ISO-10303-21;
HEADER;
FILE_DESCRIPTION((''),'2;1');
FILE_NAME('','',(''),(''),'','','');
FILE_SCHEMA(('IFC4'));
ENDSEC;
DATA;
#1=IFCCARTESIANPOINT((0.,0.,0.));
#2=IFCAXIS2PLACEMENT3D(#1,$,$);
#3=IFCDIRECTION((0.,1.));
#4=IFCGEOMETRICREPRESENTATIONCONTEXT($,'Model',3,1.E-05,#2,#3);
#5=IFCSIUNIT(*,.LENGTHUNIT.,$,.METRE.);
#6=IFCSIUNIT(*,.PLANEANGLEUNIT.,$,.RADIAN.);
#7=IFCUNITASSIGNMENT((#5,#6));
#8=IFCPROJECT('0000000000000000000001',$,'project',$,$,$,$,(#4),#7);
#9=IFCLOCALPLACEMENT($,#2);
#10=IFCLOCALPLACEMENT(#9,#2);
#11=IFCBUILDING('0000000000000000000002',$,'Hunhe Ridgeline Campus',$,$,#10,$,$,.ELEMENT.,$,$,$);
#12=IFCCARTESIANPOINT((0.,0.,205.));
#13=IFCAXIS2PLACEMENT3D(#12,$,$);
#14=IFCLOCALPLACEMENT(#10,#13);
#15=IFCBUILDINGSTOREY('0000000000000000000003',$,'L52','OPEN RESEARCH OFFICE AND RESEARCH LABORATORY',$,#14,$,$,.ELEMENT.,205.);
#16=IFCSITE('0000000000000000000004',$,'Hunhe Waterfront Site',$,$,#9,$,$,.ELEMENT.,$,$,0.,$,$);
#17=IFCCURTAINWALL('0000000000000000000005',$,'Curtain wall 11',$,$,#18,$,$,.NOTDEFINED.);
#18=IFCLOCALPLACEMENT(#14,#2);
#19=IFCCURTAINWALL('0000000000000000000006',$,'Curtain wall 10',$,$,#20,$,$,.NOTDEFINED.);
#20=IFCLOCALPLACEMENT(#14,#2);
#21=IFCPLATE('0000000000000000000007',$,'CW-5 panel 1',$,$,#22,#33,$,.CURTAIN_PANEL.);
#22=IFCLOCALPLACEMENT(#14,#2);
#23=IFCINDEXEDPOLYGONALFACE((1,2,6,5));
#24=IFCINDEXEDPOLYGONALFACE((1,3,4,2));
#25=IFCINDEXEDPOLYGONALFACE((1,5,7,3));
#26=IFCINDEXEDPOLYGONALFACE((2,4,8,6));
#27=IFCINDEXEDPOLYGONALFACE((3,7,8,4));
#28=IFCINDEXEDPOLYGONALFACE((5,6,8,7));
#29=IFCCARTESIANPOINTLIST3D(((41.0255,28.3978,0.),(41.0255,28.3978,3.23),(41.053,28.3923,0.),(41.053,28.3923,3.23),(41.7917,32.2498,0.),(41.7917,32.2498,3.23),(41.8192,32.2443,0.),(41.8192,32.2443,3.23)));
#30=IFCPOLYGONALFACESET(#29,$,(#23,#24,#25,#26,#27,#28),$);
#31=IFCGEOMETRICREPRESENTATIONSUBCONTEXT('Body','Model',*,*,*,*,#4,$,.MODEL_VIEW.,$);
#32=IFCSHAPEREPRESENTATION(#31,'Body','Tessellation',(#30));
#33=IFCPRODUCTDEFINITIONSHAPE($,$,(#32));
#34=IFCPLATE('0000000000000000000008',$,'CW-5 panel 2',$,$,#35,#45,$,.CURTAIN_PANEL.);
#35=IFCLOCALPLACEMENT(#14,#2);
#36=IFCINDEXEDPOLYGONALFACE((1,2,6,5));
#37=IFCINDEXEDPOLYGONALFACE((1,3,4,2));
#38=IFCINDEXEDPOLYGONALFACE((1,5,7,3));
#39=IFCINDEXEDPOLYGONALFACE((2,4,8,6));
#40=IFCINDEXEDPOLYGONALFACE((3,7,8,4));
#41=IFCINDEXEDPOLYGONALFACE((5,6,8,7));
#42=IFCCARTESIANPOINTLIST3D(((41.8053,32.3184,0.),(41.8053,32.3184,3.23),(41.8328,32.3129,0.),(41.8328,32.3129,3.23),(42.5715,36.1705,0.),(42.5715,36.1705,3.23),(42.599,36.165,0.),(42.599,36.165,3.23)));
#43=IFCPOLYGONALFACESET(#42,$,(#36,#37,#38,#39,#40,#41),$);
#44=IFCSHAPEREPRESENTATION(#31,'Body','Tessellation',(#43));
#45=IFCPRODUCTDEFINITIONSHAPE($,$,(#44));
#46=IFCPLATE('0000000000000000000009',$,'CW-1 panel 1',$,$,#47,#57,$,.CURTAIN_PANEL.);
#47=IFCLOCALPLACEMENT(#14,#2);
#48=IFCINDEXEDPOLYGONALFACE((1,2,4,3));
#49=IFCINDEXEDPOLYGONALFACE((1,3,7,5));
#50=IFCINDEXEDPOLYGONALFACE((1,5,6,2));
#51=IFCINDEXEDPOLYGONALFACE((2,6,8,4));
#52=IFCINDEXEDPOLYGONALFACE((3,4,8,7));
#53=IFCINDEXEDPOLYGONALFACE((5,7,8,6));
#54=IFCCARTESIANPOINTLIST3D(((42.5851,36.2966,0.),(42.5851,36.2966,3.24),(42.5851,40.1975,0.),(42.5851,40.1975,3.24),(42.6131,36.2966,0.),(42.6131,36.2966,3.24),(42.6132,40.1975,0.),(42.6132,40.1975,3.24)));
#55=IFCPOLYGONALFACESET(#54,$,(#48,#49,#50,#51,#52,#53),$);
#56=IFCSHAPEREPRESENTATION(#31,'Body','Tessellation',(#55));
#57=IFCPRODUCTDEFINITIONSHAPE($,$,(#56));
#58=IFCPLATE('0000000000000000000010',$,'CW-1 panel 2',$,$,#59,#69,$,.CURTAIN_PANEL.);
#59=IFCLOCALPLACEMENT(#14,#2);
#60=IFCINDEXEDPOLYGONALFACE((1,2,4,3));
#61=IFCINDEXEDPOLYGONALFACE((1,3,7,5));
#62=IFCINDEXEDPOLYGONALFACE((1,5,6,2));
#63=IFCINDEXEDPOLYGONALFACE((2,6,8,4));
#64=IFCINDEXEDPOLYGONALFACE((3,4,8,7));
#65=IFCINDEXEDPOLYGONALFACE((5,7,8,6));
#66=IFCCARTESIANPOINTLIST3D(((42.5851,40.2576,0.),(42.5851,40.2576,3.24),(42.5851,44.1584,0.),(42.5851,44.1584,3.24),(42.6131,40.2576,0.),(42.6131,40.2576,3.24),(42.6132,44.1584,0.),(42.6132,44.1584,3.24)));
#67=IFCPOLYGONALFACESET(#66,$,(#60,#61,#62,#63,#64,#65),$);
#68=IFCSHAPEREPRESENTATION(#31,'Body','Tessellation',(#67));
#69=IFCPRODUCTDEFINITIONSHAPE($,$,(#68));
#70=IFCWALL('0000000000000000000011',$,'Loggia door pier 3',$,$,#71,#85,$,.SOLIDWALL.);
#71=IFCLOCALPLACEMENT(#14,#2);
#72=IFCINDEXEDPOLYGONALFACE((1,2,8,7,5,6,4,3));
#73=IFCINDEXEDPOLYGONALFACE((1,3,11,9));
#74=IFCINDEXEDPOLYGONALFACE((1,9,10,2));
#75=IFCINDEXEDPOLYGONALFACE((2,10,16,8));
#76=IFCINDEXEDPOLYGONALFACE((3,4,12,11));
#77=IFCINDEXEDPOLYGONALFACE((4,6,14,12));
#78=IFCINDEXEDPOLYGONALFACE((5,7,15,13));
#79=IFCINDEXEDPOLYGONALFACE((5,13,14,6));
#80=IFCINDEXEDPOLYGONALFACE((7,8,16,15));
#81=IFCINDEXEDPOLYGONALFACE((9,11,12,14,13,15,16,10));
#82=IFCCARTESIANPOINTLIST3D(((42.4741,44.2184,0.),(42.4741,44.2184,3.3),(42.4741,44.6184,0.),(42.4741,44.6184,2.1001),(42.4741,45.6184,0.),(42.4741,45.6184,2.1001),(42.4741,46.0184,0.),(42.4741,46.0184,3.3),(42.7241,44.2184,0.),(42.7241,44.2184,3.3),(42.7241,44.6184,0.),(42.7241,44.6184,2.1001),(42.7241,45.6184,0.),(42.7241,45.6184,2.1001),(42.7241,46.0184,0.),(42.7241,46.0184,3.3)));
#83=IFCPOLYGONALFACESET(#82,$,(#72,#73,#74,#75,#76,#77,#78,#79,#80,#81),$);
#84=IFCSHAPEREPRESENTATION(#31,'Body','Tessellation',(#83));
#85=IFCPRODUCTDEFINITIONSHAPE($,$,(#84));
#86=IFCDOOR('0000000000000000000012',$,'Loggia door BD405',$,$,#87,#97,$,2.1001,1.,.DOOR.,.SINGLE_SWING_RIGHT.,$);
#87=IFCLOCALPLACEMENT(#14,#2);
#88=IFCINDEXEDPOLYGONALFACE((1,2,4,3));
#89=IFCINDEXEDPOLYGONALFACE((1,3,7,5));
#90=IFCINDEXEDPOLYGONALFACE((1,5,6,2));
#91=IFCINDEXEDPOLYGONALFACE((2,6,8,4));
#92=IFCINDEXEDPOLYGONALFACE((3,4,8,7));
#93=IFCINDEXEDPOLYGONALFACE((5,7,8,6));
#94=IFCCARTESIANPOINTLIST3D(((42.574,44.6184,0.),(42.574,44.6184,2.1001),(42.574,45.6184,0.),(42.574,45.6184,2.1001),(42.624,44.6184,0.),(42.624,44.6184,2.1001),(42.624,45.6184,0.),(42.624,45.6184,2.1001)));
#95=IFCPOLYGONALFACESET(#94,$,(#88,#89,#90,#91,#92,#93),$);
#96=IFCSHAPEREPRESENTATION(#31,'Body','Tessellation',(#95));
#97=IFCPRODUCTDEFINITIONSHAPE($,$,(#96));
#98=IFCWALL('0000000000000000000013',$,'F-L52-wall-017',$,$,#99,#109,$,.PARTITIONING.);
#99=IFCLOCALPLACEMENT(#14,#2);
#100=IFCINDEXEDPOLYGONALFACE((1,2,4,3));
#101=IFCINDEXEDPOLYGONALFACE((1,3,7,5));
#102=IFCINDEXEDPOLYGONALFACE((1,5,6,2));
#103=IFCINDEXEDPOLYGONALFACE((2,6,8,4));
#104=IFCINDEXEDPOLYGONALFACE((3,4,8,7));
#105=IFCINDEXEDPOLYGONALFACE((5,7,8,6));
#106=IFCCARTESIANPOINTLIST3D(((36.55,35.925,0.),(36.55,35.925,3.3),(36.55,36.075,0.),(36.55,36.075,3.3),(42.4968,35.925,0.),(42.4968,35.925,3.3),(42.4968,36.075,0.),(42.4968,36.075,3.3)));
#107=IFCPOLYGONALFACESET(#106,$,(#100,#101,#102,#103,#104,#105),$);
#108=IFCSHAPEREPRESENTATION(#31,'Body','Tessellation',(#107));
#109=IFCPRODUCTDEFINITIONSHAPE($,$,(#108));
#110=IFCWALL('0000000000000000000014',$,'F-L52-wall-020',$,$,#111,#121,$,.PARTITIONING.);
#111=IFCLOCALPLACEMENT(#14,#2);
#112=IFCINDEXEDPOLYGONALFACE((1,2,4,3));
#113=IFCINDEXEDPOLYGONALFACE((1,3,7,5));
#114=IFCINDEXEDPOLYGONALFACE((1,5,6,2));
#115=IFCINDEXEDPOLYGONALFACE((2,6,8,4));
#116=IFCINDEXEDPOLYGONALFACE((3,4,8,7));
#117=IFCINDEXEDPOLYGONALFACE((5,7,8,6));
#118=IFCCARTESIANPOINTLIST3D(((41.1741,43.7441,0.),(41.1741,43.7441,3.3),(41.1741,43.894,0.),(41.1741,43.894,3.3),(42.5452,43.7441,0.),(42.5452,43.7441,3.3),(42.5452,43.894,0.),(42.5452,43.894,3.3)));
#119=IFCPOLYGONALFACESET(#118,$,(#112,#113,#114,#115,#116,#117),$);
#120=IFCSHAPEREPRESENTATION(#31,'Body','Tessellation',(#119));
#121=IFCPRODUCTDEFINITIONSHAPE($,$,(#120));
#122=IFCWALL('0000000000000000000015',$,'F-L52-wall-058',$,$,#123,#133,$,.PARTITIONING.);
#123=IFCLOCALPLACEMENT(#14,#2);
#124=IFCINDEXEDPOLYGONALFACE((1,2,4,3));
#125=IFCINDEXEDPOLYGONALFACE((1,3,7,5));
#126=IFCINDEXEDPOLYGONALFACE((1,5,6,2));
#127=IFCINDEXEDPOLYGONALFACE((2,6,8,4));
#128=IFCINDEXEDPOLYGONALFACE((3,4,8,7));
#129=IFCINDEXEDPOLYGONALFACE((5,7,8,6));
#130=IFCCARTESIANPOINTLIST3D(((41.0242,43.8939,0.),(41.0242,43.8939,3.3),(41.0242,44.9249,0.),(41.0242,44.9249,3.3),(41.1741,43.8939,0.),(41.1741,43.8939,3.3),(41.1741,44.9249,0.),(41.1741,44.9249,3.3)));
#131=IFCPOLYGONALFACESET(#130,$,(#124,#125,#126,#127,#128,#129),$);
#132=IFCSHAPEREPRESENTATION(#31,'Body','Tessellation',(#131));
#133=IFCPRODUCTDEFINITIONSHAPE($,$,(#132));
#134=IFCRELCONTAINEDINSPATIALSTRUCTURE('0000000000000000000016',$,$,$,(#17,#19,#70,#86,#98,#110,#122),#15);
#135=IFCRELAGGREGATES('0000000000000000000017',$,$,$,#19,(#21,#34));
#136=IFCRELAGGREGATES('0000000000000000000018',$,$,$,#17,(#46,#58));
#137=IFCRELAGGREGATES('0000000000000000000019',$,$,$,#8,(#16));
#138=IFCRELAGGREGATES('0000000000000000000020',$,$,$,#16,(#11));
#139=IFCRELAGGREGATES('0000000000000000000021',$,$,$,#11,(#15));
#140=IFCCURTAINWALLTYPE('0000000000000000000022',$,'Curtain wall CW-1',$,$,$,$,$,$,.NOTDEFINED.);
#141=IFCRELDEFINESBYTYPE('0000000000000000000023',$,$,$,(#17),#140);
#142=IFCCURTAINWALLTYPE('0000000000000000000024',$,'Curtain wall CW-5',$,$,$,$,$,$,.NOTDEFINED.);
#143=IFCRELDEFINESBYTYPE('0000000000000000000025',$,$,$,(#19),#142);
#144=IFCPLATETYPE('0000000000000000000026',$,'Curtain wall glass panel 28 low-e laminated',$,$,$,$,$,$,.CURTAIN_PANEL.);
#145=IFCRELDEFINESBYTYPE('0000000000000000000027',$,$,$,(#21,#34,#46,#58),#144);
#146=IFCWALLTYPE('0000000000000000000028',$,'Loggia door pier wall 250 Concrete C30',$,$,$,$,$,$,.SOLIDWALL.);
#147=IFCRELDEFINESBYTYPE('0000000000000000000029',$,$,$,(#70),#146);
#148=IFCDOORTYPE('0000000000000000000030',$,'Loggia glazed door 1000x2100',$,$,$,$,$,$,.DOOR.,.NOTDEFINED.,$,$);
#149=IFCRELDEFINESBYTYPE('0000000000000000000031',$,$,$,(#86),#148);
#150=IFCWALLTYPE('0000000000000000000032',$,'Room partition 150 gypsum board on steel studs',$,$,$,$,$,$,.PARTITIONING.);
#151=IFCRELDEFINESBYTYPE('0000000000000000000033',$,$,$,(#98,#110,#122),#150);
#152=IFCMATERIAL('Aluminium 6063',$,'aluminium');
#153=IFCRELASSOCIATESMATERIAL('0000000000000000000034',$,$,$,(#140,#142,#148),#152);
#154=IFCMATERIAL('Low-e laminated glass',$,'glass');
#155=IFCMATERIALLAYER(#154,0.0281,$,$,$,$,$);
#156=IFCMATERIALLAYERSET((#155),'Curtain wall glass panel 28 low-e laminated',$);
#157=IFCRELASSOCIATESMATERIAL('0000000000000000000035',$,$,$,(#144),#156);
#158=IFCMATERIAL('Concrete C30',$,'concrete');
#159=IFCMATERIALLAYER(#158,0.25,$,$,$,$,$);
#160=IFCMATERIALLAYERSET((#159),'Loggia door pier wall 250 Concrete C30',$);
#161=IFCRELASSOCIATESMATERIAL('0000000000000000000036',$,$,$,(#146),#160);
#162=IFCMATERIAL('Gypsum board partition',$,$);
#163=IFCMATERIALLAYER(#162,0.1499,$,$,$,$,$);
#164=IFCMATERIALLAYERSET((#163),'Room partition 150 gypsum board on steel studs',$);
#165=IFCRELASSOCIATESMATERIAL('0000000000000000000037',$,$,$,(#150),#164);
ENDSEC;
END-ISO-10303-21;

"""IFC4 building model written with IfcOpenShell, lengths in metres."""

from ifc_helpers import new_model, si_unit, direction, frame, frame_2d, origin, origin_2d, place, context, subcontext, project, spatial, rectangle, extrude, material, layer, layer_set, type_object, element, fill, aggregate, save


model = new_model("IFC4")

# Units and contexts
model_context = context("Model", 3, precision=1e-05, world=origin(), true_north=direction((0.0, 1.0)))
body_context = subcontext(model_context, "Body", "Model", "MODEL_VIEW")
ifc_project = project(units=[si_unit("LENGTHUNIT", "METRE"), si_unit("PLANEANGLEUNIT", "RADIAN")], contexts=[model_context])

# Site, building, storey
site_placement = place(None, origin())
site = spatial("IfcSite", under=ifc_project, at=site_placement, Name="Hunhe Waterfront Site", CompositionType="ELEMENT", RefElevation=0.0)
building_placement = place(site_placement, origin())
building = spatial("IfcBuilding", under=site, at=building_placement, Name="Hunhe Ridgeline Campus", CompositionType="ELEMENT")
storey_placement = place(building_placement, frame((0.0, 0.0, 205.0)))
storey = spatial("IfcBuildingStorey", under=building, at=storey_placement, Name="L52", Description="OPEN RESEARCH OFFICE AND RESEARCH LABORATORY", CompositionType="ELEMENT", Elevation=205.0)

# Curtain walls
ifc_material_1 = material(Name="Aluminium 6063", Category="aluminium")
curtain_wall_type_1 = type_object("IfcCurtainWallType", Name="Curtain wall CW-1", PredefinedType="NOTDEFINED", material=ifc_material_1)
curtain_wall_1_placement = place(storey_placement, origin())
curtain_wall_1 = element("IfcCurtainWall", 1, at=curtain_wall_1_placement, inside=storey, type_object=curtain_wall_type_1, Name="Curtain wall 11", PredefinedType="NOTDEFINED")
curtain_wall_type_2 = type_object("IfcCurtainWallType", Name="Curtain wall CW-5", PredefinedType="NOTDEFINED", material=ifc_material_1)
curtain_wall_2_placement = place(storey_placement, origin())
curtain_wall_2 = element("IfcCurtainWall", 2, at=curtain_wall_2_placement, inside=storey, type_object=curtain_wall_type_2, Name="Curtain wall 10", PredefinedType="NOTDEFINED")

# Plates
ifc_material_2 = material(Name="Low-e laminated glass", Category="glass")
ifc_layer_1 = layer(ifc_material_2, 0.0281)
ifc_layer_set_1 = layer_set([ifc_layer_1], Name="Curtain wall glass panel 28 low-e laminated")
plate_type = type_object("IfcPlateType", Name="Curtain wall glass panel 28 low-e laminated", PredefinedType="CURTAIN_PANEL", material=ifc_layer_set_1)
plate_1_placement = place(storey_placement, frame((41.4224, 30.321, 0.0), z_axis=(0.0, 0.0, 1.0), x_axis=(0.19509, 0.980785, 0.0)))
plate_1 = element("IfcPlate", 3, at=plate_1_placement, type_object=plate_type, Name="CW-5 panel 1", PredefinedType="CURTAIN_PANEL", context=body_context, shape_type="SweptSolid", body=[
    extrude(rectangle(XDim=3.9275, YDim=0.0281, at=origin_2d()), origin(), (0.0, 0.0, 1.0), 3.23),
])
plate_2_placement = place(storey_placement, frame((42.2021, 34.2417, 0.0), z_axis=(0.0, 0.0, 1.0), x_axis=(0.19509, 0.980785, 0.0)))
plate_2 = element("IfcPlate", 4, at=plate_2_placement, type_object=plate_type, Name="CW-5 panel 2", PredefinedType="CURTAIN_PANEL", context=body_context, shape_type="SweptSolid", body=[
    extrude(rectangle(XDim=3.9275, YDim=0.0281, at=origin_2d()), origin(), (0.0, 0.0, 1.0), 3.23),
])
aggregate(curtain_wall_2, [plate_1, plate_2])
plate_3_placement = place(storey_placement, frame((42.5991, 38.2471, 0.0), z_axis=(0.0, 0.0, 1.0), x_axis=(0.000007, 1.0, 0.0)))
plate_3 = element("IfcPlate", 5, at=plate_3_placement, type_object=plate_type, Name="CW-1 panel 1", PredefinedType="CURTAIN_PANEL", context=body_context, shape_type="SweptSolid", body=[
    extrude(rectangle(XDim=3.9009, YDim=0.0281, at=origin_2d()), origin(), (0.0, 0.0, 1.0), 3.24),
])
plate_4_placement = place(storey_placement, frame((42.5991, 42.208, 0.0), z_axis=(0.0, 0.0, 1.0), x_axis=(0.000007, 1.0, 0.0)))
plate_4 = element("IfcPlate", 6, at=plate_4_placement, type_object=plate_type, Name="CW-1 panel 2", PredefinedType="CURTAIN_PANEL", context=body_context, shape_type="SweptSolid", body=[
    extrude(rectangle(XDim=3.9009, YDim=0.0281, at=origin_2d()), origin(), (0.0, 0.0, 1.0), 3.24),
])
aggregate(curtain_wall_1, [plate_3, plate_4])

# Wall, opening, door
ifc_material_3 = material(Name="Concrete C30", Category="concrete")
ifc_layer_2 = layer(ifc_material_3, 0.25)
ifc_layer_set_2 = layer_set([ifc_layer_2], Name="Loggia door pier wall 250 Concrete C30")
wall_type_1 = type_object("IfcWallType", Name="Loggia door pier wall 250 Concrete C30", PredefinedType="SOLIDWALL", material=ifc_layer_set_2)
wall_1_placement = place(storey_placement, frame((42.5991, 44.2185, 0.0), z_axis=(0.0, 0.0, 1.0), x_axis=(0.0, 1.0, 0.0)))
wall_1 = element("IfcWall", 7, at=wall_1_placement, inside=storey, type_object=wall_type_1, Name="Loggia door pier 3", PredefinedType="SOLIDWALL", context=body_context, shape_type="SweptSolid", body=[
    extrude(rectangle(XDim=1.8, YDim=0.25, at=frame_2d((0.8999, 0.0))), origin(), (0.0, 0.0, 1.0), 3.3),
])
opening_placement = place(wall_1_placement, frame((0.3999, 0.0, 0.0)))
opening = element("IfcOpeningElement", 8, at=opening_placement, cuts=wall_1, PredefinedType="OPENING", context=body_context, shape_type="SweptSolid", body=[
    extrude(rectangle(XDim=1.0, YDim=2.1001, at=frame_2d((0.5, 1.05))), frame((0.0, 0.125, 0.0), z_axis=(0.0, -1.0, 0.0), x_axis=(1.0, 0.0, 0.0)), (0.0, 0.0, 1.0), 0.25),
])
door_type = type_object("IfcDoorType", Name="Loggia glazed door 1000x2100", OperationType="NOTDEFINED", PredefinedType="DOOR", material=ifc_material_1)
door_placement = place(opening_placement, frame((1.0, 0.0, 0.0), z_axis=(0.0, 0.0, 1.0), x_axis=(-1.0, 0.0, 0.0)))
door = element("IfcDoor", 9, at=door_placement, inside=storey, type_object=door_type, Name="Loggia door BD405", OperationType="SINGLE_SWING_RIGHT", OverallHeight=2.1001, OverallWidth=1.0, PredefinedType="DOOR", context=body_context, shape_type="SweptSolid", body=[
    extrude(rectangle(XDim=1.0, YDim=2.1001, at=frame_2d((0.5, 1.05))), frame((0.0, 0.0249, 0.0), z_axis=(0.0, -1.0, 0.0), x_axis=(1.0, 0.0, 0.0)), (0.0, 0.0, 1.0), 0.05),
])
fill(opening, door)

# Walls
ifc_material_4 = material(Name="Gypsum board partition")
ifc_layer_3 = layer(ifc_material_4, 0.1499)
ifc_layer_set_3 = layer_set([ifc_layer_3], Name="Room partition 150 gypsum board on steel studs")
wall_type_2 = type_object("IfcWallType", Name="Room partition 150 gypsum board on steel studs", PredefinedType="PARTITIONING", material=ifc_layer_set_3)
wall_2_placement = place(storey_placement, frame((36.55, 36.0, 0.0), z_axis=(0.0, 0.0, 1.0), x_axis=(1.0, 0.0, 0.0)))
element("IfcWall", 10, at=wall_2_placement, inside=storey, type_object=wall_type_2, Name="F-L52-wall-017", PredefinedType="PARTITIONING", context=body_context, shape_type="SweptSolid", body=[
    extrude(rectangle(XDim=5.9468, YDim=0.1499, at=frame_2d((2.9734, 0.0))), origin(), (0.0, 0.0, 1.0), 3.3),
])
wall_3_placement = place(storey_placement, frame((41.1741, 43.8191, 0.0), z_axis=(0.0, 0.0, 1.0), x_axis=(1.0, 0.0, 0.0)))
element("IfcWall", 11, at=wall_3_placement, inside=storey, type_object=wall_type_2, Name="F-L52-wall-020", PredefinedType="PARTITIONING", context=body_context, shape_type="SweptSolid", body=[
    extrude(rectangle(XDim=1.3711, YDim=0.1499, at=frame_2d((0.6855, 0.0))), origin(), (0.0, 0.0, 1.0), 3.3),
])
wall_4_placement = place(storey_placement, frame((41.0991, 44.925, 0.0), z_axis=(0.0, 0.0, 1.0), x_axis=(0.0, -1.0, 0.0)))
element("IfcWall", 12, at=wall_4_placement, inside=storey, type_object=wall_type_2, Name="F-L52-wall-058", PredefinedType="PARTITIONING", context=body_context, shape_type="SweptSolid", body=[
    extrude(rectangle(XDim=1.031, YDim=0.1499, at=frame_2d((0.5156, 0.0))), origin(), (0.0, 0.0, 1.0), 3.3),
])

save(model, "model.ifc")
